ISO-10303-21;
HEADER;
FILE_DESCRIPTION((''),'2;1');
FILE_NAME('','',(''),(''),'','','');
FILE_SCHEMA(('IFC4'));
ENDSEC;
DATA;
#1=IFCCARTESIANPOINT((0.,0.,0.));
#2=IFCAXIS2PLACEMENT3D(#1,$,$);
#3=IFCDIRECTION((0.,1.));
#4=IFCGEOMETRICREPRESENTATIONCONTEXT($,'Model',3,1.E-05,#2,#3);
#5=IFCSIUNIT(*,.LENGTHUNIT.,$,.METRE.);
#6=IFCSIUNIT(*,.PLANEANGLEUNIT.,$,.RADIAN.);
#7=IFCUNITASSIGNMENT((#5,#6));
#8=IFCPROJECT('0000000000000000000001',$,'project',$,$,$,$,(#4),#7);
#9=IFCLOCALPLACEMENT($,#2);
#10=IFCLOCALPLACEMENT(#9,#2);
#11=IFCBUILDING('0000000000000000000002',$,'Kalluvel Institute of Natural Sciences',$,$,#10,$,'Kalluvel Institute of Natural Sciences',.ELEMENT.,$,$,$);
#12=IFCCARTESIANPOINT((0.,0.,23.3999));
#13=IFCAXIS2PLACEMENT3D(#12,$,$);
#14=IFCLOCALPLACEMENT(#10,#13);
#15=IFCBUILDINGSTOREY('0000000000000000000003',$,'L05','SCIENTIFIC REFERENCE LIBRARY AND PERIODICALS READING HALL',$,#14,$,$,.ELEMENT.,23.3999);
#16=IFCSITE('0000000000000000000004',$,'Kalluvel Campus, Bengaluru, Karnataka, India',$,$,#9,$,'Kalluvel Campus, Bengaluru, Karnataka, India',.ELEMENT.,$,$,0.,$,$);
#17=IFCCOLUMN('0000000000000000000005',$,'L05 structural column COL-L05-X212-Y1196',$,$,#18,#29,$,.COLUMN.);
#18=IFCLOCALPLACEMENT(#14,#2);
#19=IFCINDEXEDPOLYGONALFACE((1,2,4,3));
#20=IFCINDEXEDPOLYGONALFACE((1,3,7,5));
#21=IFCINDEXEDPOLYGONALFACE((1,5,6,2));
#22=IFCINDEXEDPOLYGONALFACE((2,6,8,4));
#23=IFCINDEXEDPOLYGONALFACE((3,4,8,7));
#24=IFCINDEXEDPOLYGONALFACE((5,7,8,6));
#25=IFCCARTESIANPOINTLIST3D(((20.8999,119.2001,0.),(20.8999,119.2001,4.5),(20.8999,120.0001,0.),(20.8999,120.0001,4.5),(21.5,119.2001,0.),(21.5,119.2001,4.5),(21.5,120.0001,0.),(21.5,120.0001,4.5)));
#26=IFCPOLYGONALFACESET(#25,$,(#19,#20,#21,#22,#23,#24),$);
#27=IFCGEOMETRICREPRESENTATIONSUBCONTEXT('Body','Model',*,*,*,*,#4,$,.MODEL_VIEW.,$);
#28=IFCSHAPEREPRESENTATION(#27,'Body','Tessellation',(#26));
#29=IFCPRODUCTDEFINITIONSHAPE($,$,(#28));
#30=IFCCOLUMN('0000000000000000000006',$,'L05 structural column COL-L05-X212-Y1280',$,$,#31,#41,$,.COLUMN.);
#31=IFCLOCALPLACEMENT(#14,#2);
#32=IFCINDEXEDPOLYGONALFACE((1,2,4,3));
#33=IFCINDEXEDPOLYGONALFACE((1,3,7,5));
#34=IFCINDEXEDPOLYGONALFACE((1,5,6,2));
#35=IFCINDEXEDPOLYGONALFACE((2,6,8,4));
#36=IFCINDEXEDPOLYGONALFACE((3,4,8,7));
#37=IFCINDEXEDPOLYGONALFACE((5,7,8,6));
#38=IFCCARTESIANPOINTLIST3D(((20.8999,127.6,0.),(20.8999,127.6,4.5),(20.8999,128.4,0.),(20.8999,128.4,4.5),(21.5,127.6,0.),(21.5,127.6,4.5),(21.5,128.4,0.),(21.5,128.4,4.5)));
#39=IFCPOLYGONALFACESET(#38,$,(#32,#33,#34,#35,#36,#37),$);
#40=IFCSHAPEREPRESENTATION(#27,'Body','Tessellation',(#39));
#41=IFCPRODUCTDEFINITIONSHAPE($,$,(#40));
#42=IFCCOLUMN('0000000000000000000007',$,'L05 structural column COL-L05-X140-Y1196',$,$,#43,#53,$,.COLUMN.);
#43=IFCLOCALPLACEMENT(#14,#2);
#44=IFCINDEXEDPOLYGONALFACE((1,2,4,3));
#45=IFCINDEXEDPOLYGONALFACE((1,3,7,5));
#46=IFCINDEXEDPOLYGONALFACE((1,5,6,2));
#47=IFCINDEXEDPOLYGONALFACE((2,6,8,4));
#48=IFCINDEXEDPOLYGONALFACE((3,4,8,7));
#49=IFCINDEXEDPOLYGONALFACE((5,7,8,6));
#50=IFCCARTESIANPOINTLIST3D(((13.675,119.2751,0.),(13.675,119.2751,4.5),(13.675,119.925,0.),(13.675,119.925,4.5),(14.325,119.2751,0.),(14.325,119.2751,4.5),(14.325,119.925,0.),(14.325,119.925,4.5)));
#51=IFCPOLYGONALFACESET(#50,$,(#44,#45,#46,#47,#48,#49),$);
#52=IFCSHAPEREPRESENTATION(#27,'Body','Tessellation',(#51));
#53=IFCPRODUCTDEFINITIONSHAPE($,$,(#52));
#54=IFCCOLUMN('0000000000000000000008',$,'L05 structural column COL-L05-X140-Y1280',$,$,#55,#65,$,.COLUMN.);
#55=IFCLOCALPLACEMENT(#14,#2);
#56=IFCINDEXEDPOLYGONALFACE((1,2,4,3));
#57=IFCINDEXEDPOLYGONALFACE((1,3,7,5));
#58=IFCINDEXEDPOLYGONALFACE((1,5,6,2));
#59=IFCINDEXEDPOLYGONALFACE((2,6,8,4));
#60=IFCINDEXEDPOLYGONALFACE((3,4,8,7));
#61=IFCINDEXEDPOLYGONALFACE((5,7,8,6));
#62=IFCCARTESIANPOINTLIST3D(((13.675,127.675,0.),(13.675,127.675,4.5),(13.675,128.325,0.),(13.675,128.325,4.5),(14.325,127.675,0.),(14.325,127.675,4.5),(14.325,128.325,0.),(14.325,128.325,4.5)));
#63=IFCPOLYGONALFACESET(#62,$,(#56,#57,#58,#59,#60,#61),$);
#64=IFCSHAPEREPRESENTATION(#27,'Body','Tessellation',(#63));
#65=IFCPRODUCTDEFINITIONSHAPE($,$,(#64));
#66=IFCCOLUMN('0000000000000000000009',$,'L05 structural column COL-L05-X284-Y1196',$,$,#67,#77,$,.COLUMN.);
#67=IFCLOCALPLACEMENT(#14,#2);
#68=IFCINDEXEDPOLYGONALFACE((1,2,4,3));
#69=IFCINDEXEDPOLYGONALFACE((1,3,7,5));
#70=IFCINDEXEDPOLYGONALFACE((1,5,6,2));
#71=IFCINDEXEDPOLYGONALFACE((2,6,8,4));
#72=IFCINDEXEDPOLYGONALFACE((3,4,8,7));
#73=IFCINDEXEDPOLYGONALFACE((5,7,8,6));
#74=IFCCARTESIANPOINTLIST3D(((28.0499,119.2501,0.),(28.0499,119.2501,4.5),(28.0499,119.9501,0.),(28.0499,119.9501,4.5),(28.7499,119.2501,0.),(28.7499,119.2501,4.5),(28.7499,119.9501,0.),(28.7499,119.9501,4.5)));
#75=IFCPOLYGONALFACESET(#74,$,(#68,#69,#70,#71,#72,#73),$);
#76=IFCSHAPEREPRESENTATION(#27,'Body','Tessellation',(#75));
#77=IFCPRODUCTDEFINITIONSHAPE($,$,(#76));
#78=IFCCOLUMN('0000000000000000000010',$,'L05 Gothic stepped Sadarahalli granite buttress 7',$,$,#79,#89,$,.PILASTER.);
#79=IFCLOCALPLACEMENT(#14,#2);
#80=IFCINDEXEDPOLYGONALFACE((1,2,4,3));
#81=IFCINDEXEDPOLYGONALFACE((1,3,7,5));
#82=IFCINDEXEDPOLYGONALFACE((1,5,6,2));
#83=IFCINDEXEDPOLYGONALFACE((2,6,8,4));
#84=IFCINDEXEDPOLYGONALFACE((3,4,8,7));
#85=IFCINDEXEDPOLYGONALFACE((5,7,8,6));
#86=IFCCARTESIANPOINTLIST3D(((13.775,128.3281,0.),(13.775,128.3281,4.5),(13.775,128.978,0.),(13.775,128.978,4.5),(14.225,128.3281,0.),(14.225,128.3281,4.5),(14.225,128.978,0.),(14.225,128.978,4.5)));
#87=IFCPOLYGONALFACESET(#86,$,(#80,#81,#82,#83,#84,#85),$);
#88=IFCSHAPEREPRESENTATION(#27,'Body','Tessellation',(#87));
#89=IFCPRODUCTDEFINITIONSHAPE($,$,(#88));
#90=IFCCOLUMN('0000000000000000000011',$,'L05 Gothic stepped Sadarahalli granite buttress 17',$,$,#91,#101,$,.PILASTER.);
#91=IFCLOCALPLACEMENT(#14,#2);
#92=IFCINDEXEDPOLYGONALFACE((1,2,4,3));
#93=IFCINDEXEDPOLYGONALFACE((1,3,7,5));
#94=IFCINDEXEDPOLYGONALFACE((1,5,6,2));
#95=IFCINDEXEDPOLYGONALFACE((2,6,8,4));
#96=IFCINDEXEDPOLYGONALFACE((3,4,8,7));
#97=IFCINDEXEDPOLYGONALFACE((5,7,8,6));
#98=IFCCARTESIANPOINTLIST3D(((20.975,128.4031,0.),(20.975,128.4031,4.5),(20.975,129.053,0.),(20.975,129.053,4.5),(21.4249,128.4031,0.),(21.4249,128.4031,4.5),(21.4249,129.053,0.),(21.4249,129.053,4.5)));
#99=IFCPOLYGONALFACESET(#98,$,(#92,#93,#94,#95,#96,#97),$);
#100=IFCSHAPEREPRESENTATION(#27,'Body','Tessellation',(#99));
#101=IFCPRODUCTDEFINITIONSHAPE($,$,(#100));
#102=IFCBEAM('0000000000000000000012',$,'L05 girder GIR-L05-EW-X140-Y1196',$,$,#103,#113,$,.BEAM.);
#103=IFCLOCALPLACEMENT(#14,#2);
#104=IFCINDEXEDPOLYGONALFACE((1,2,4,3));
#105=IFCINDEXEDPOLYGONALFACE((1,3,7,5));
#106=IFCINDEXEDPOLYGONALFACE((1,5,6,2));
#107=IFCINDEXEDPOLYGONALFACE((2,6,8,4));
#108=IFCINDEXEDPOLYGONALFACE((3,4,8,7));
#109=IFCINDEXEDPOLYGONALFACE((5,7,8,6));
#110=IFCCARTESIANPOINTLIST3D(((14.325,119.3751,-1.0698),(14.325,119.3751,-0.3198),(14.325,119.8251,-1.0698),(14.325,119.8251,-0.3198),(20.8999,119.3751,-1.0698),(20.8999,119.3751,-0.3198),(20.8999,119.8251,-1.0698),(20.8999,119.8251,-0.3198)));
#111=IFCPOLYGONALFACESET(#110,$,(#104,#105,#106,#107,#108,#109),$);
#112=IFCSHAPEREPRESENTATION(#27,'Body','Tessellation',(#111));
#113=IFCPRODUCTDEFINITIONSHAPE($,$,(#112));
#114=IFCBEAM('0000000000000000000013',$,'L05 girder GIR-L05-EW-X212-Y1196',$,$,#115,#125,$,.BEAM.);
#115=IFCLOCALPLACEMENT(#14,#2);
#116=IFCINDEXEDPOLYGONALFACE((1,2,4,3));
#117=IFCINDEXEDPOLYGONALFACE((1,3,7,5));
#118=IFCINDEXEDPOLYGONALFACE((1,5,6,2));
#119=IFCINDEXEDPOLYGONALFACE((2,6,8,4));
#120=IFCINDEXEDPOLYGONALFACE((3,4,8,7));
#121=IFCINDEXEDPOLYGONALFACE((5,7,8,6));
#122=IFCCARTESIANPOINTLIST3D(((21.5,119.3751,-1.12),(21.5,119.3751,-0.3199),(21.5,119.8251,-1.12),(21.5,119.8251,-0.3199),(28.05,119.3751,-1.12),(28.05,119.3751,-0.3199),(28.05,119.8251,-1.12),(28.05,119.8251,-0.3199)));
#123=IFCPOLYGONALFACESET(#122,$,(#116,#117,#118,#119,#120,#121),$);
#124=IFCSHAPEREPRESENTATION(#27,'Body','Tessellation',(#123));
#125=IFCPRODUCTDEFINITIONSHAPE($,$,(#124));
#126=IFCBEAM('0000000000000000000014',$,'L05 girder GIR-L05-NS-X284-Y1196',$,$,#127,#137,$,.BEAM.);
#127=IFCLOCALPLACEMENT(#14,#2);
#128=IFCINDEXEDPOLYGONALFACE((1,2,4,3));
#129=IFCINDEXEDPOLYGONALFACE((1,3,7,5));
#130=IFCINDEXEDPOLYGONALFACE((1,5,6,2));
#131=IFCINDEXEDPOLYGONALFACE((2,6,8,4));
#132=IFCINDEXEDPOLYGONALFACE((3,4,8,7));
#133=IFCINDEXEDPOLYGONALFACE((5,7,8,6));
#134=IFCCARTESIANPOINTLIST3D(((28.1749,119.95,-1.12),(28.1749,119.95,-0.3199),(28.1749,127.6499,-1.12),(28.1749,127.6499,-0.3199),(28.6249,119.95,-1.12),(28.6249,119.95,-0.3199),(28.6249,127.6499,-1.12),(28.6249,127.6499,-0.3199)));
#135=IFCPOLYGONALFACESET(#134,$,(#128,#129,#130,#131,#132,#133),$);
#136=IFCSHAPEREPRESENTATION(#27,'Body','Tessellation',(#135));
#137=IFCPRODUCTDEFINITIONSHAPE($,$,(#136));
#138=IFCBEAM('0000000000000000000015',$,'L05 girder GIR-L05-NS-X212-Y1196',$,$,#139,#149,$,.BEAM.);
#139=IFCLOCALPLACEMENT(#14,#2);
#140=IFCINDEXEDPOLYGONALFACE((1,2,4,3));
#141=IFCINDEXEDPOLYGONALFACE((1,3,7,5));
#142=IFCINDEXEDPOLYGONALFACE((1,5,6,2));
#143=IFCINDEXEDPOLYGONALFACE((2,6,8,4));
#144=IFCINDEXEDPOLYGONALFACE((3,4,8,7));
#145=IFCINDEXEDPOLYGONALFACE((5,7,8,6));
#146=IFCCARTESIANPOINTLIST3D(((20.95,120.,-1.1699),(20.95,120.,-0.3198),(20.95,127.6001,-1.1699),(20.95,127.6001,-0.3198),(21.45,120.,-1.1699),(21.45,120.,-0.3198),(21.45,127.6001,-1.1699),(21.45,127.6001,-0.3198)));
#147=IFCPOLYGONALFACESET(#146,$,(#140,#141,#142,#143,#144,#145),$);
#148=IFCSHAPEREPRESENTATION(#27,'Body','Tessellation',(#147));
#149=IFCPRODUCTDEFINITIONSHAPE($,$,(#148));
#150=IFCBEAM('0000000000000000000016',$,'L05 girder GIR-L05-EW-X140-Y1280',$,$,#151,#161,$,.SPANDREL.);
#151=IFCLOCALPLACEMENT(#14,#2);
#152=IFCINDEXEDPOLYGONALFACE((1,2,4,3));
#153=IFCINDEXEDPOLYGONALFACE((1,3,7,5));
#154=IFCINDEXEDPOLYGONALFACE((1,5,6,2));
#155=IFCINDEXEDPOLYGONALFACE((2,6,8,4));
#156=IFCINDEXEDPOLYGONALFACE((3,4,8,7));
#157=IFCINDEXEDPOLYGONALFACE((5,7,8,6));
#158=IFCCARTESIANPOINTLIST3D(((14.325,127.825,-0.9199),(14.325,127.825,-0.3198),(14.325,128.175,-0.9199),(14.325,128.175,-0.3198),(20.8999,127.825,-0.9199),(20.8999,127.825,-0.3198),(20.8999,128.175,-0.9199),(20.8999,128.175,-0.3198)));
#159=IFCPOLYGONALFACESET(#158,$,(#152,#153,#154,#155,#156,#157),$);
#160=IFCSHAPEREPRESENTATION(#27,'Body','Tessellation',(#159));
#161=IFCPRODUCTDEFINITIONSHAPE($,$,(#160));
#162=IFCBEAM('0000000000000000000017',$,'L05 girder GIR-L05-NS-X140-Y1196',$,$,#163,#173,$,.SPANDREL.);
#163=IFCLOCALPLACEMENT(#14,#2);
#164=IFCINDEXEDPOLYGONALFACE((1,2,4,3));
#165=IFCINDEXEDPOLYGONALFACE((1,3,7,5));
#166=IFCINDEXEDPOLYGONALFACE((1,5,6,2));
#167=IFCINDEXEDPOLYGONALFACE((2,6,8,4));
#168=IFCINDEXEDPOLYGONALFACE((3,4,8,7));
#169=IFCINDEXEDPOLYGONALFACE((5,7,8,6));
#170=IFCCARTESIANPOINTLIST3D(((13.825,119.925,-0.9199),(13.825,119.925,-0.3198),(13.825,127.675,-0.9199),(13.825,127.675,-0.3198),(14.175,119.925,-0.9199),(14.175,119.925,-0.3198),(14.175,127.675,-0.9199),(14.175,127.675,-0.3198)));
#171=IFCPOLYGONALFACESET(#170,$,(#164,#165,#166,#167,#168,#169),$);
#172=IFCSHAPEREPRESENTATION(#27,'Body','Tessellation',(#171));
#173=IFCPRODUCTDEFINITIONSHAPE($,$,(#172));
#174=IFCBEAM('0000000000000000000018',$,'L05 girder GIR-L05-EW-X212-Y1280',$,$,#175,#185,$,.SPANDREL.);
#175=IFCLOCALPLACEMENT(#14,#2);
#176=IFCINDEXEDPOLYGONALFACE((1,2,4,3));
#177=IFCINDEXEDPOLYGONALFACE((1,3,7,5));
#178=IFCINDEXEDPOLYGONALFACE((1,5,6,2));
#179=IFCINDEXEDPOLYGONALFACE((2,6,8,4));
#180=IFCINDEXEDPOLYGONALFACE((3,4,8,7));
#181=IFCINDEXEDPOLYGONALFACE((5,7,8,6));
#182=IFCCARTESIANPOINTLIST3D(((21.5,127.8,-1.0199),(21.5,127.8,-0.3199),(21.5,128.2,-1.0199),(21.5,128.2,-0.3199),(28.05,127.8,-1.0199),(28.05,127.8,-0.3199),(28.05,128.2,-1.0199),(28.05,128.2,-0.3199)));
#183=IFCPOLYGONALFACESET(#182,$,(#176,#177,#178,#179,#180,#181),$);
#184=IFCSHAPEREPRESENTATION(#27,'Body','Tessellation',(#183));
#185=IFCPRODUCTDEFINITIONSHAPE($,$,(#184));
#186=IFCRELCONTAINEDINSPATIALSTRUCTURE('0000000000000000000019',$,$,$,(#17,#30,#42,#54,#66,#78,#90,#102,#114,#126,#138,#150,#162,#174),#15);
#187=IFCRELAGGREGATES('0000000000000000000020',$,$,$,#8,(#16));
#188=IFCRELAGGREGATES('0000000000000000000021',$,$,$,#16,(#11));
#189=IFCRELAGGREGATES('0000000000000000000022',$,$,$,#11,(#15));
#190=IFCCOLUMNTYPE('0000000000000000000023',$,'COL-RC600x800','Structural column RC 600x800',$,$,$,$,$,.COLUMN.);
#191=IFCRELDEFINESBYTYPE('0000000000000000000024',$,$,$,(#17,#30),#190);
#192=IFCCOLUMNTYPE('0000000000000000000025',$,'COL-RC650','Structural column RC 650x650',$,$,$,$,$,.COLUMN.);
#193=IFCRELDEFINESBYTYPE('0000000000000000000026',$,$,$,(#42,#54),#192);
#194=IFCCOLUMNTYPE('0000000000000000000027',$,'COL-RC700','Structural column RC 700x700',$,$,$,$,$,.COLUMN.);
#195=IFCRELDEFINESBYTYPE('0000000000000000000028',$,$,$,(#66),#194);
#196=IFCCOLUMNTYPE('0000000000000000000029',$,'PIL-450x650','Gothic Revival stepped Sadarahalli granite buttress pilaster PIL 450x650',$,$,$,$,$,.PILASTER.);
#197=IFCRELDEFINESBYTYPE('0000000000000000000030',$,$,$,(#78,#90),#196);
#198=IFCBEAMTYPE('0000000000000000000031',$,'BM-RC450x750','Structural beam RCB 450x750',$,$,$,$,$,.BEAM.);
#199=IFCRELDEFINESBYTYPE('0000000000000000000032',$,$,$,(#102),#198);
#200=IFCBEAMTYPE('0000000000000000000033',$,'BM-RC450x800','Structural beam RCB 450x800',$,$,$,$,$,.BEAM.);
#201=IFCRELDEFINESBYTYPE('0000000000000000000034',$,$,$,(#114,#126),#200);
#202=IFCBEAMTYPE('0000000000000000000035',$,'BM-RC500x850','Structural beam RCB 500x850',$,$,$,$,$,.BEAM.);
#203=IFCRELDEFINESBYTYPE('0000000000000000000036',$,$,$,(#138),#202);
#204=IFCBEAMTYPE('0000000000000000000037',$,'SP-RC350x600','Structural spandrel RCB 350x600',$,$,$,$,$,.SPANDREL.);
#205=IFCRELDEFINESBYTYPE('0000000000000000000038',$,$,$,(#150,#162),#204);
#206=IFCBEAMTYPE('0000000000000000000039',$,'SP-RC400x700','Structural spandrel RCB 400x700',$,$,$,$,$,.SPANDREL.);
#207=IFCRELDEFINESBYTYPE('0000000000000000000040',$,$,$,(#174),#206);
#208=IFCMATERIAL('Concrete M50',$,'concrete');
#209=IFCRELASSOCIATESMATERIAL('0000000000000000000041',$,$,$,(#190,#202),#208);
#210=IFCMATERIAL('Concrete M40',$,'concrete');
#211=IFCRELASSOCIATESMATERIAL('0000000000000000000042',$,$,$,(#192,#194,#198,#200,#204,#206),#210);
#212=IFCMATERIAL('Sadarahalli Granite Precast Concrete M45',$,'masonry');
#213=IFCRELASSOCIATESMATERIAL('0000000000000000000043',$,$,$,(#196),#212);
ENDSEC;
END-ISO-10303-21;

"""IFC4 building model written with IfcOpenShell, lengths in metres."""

from ifc_helpers import new_model, si_unit, direction, frame, origin, origin_2d, place, context, subcontext, project, spatial, rectangle, extrude, material, material_profile, profile_set, type_object, element, save


model = new_model("IFC4")

# Units and contexts
model_context = context("Model", 3, precision=1e-05, world=origin(), true_north=direction((0.0, 1.0)))
body_context = subcontext(model_context, "Body", "Model", "MODEL_VIEW")
ifc_project = project(units=[si_unit("LENGTHUNIT", "METRE"), si_unit("PLANEANGLEUNIT", "RADIAN")], contexts=[model_context])

# Site, building, storey
site_placement = place(None, origin())
site = spatial("IfcSite", under=ifc_project, at=site_placement, Name="Kalluvel Campus, Bengaluru, Karnataka, India", LongName="Kalluvel Campus, Bengaluru, Karnataka, India", CompositionType="ELEMENT", RefElevation=0.0)
building_placement = place(site_placement, origin())
building = spatial("IfcBuilding", under=site, at=building_placement, Name="Kalluvel Institute of Natural Sciences", LongName="Kalluvel Institute of Natural Sciences", CompositionType="ELEMENT")
storey_placement = place(building_placement, frame((0.0, 0.0, 23.3999)))
storey = spatial("IfcBuildingStorey", under=building, at=storey_placement, Name="L05", Description="SCIENTIFIC REFERENCE LIBRARY AND PERIODICALS READING HALL", CompositionType="ELEMENT", Elevation=23.3999)

# Columns
ifc_material_1 = material(Name="Concrete M50", Category="concrete")
ifc_material_profile_1 = material_profile(ifc_material_1, rectangle(XDim=0.6001, YDim=0.8, at=origin_2d()), Name="RC 600x800")
ifc_profile_set_1 = profile_set([ifc_material_profile_1], Name="Concrete M50")
column_type_1 = type_object("IfcColumnType", Name="COL-RC600x800", Description="Structural column RC 600x800", PredefinedType="COLUMN", material=ifc_profile_set_1)
for number, where, z_axis, x_axis, name in (
    (1, (21.2, 119.6001, 0.0), (0.0, 0.0, 1.0), (1.0, 0.0, 0.0), "L05 structural column COL-L05-X212-Y1196"),
    (2, (21.2, 128.0, 0.0), (0.0, 0.0, 1.0), (1.0, 0.0, 0.0), "L05 structural column COL-L05-X212-Y1280"),
):
    element("IfcColumn", number, at=place(storey_placement, frame(where, z_axis=z_axis, x_axis=x_axis)), inside=storey, type_object=column_type_1, Name=name, PredefinedType="COLUMN", context=body_context, shape_type="SweptSolid", body=[
        extrude(rectangle(XDim=0.6001, YDim=0.8, at=origin_2d()), origin(), (0.0, 0.0, 1.0), 4.5),
    ])
ifc_material_2 = material(Name="Concrete M40", Category="concrete")
ifc_material_profile_2 = material_profile(ifc_material_2, rectangle(XDim=0.6499, YDim=0.6499, at=origin_2d()), Name="RC 650x650")
ifc_profile_set_2 = profile_set([ifc_material_profile_2], Name="Concrete M40")
column_type_2 = type_object("IfcColumnType", Name="COL-RC650", Description="Structural column RC 650x650", PredefinedType="COLUMN", material=ifc_profile_set_2)
for number, where, z_axis, x_axis, name in (
    (3, (14.0, 119.6001, 0.0), (0.0, 0.0, 1.0), (1.0, 0.0, 0.0), "L05 structural column COL-L05-X140-Y1196"),
    (4, (14.0, 128.0, 0.0), (0.0, 0.0, 1.0), (1.0, 0.0, 0.0), "L05 structural column COL-L05-X140-Y1280"),
):
    element("IfcColumn", number, at=place(storey_placement, frame(where, z_axis=z_axis, x_axis=x_axis)), inside=storey, type_object=column_type_2, Name=name, PredefinedType="COLUMN", context=body_context, shape_type="SweptSolid", body=[
        extrude(rectangle(XDim=0.6499, YDim=0.6499, at=origin_2d()), origin(), (0.0, 0.0, 1.0), 4.5),
    ])
ifc_material_profile_3 = material_profile(ifc_material_2, rectangle(XDim=0.7, YDim=0.7, at=origin_2d()), Name="RC 700x700")
ifc_profile_set_3 = profile_set([ifc_material_profile_3], Name="Concrete M40")
column_type_3 = type_object("IfcColumnType", Name="COL-RC700", Description="Structural column RC 700x700", PredefinedType="COLUMN", material=ifc_profile_set_3)
column_placement = place(storey_placement, frame((28.3999, 119.6001, 0.0), z_axis=(0.0, 0.0, 1.0), x_axis=(1.0, 0.0, 0.0)))
element("IfcColumn", 5, at=column_placement, inside=storey, type_object=column_type_3, Name="L05 structural column COL-L05-X284-Y1196", PredefinedType="COLUMN", context=body_context, shape_type="SweptSolid", body=[
    extrude(rectangle(XDim=0.7, YDim=0.7, at=origin_2d()), origin(), (0.0, 0.0, 1.0), 4.5),
])
ifc_material_3 = material(Name="Sadarahalli Granite Precast Concrete M45", Category="masonry")
ifc_material_profile_4 = material_profile(ifc_material_3, rectangle(XDim=0.45, YDim=0.6499, at=origin_2d()), Name="PIL 450x650")
ifc_profile_set_4 = profile_set([ifc_material_profile_4], Name="Sadarahalli Granite Precast Concrete M45")
column_type_4 = type_object("IfcColumnType", Name="PIL-450x650", Description="Gothic Revival stepped Sadarahalli granite buttress pilaster PIL 450x650", PredefinedType="PILASTER", material=ifc_profile_set_4)
for number, where, z_axis, x_axis, name in (
    (6, (14.0, 128.6531, 0.0), (0.0, 0.0, 1.0), (1.0, 0.0, 0.0), "L05 Gothic stepped Sadarahalli granite buttress 7"),
    (7, (21.2, 128.728, 0.0), (0.0, 0.0, 1.0), (1.0, 0.0, 0.0), "L05 Gothic stepped Sadarahalli granite buttress 17"),
):
    element("IfcColumn", number, at=place(storey_placement, frame(where, z_axis=z_axis, x_axis=x_axis)), inside=storey, type_object=column_type_4, Name=name, PredefinedType="PILASTER", context=body_context, shape_type="SweptSolid", body=[
        extrude(rectangle(XDim=0.45, YDim=0.6499, at=origin_2d()), origin(), (0.0, 0.0, 1.0), 4.5),
    ])

# Beams
ifc_material_profile_5 = material_profile(ifc_material_2, rectangle(XDim=0.45, YDim=0.75, at=origin_2d()), Name="RCB 450x750")
ifc_profile_set_5 = profile_set([ifc_material_profile_5], Name="Concrete M40")
beam_type_1 = type_object("IfcBeamType", Name="BM-RC450x750", Description="Structural beam RCB 450x750", PredefinedType="BEAM", material=ifc_profile_set_5)
beam_1_placement = place(storey_placement, frame((14.325, 119.6001, -0.6948), z_axis=(1.0, 0.0, 0.0), x_axis=(0.0, 1.0, 0.0)))
element("IfcBeam", 8, at=beam_1_placement, inside=storey, type_object=beam_type_1, Name="L05 girder GIR-L05-EW-X140-Y1196", PredefinedType="BEAM", context=body_context, shape_type="SweptSolid", body=[
    extrude(rectangle(XDim=0.45, YDim=0.75, at=origin_2d()), origin(), (0.0, 0.0, 1.0), 6.575),
])
ifc_material_profile_6 = material_profile(ifc_material_2, rectangle(XDim=0.45, YDim=0.8, at=origin_2d()), Name="RCB 450x800")
ifc_profile_set_6 = profile_set([ifc_material_profile_6], Name="Concrete M40")
beam_type_2 = type_object("IfcBeamType", Name="BM-RC450x800", Description="Structural beam RCB 450x800", PredefinedType="BEAM", material=ifc_profile_set_6)
beam_2_placement = place(storey_placement, frame((21.5, 119.6001, -0.72), z_axis=(1.0, 0.0, 0.0), x_axis=(0.0, 1.0, 0.0)))
element("IfcBeam", 9, at=beam_2_placement, inside=storey, type_object=beam_type_2, Name="L05 girder GIR-L05-EW-X212-Y1196", PredefinedType="BEAM", context=body_context, shape_type="SweptSolid", body=[
    extrude(rectangle(XDim=0.45, YDim=0.8, at=origin_2d()), origin(), (0.0, 0.0, 1.0), 6.55),
])
beam_3_placement = place(storey_placement, frame((28.3999, 119.95, -0.72), z_axis=(0.0, 1.0, 0.0), x_axis=(-1.0, 0.0, 0.0)))
element("IfcBeam", 10, at=beam_3_placement, inside=storey, type_object=beam_type_2, Name="L05 girder GIR-L05-NS-X284-Y1196", PredefinedType="BEAM", context=body_context, shape_type="SweptSolid", body=[
    extrude(rectangle(XDim=0.45, YDim=0.8, at=origin_2d()), origin(), (0.0, 0.0, 1.0), 7.7),
])
ifc_material_profile_7 = material_profile(ifc_material_1, rectangle(XDim=0.5, YDim=0.8501, at=origin_2d()), Name="RCB 500x850")
ifc_profile_set_7 = profile_set([ifc_material_profile_7], Name="Concrete M50")
beam_type_3 = type_object("IfcBeamType", Name="BM-RC500x850", Description="Structural beam RCB 500x850", PredefinedType="BEAM", material=ifc_profile_set_7)
beam_4_placement = place(storey_placement, frame((21.2, 120.0, -0.7449), z_axis=(0.0, 1.0, 0.0), x_axis=(-1.0, 0.0, 0.0)))
element("IfcBeam", 11, at=beam_4_placement, inside=storey, type_object=beam_type_3, Name="L05 girder GIR-L05-NS-X212-Y1196", PredefinedType="BEAM", context=body_context, shape_type="SweptSolid", body=[
    extrude(rectangle(XDim=0.5, YDim=0.8501, at=origin_2d()), origin(), (0.0, 0.0, 1.0), 7.6001),
])
ifc_material_profile_8 = material_profile(ifc_material_2, rectangle(XDim=0.3501, YDim=0.6001, at=origin_2d()), Name="RCB 350x600")
ifc_profile_set_8 = profile_set([ifc_material_profile_8], Name="Concrete M40")
beam_type_4 = type_object("IfcBeamType", Name="SP-RC350x600", Description="Structural spandrel RCB 350x600", PredefinedType="SPANDREL", material=ifc_profile_set_8)
beam_5_placement = place(storey_placement, frame((14.325, 128.0, -0.6199), z_axis=(1.0, 0.0, 0.0), x_axis=(0.0, 1.0, 0.0)))
element("IfcBeam", 12, at=beam_5_placement, inside=storey, type_object=beam_type_4, Name="L05 girder GIR-L05-EW-X140-Y1280", PredefinedType="SPANDREL", context=body_context, shape_type="SweptSolid", body=[
    extrude(rectangle(XDim=0.3501, YDim=0.6001, at=origin_2d()), origin(), (0.0, 0.0, 1.0), 6.575),
])
beam_6_placement = place(storey_placement, frame((14.0, 119.925, -0.6199), z_axis=(0.0, 1.0, 0.0), x_axis=(-1.0, 0.0, 0.0)))
element("IfcBeam", 13, at=beam_6_placement, inside=storey, type_object=beam_type_4, Name="L05 girder GIR-L05-NS-X140-Y1196", PredefinedType="SPANDREL", context=body_context, shape_type="SweptSolid", body=[
    extrude(rectangle(XDim=0.3501, YDim=0.6001, at=origin_2d()), origin(), (0.0, 0.0, 1.0), 7.75),
])
ifc_material_profile_9 = material_profile(ifc_material_2, rectangle(XDim=0.3999, YDim=0.7, at=origin_2d()), Name="RCB 400x700")
ifc_profile_set_9 = profile_set([ifc_material_profile_9], Name="Concrete M40")
beam_type_5 = type_object("IfcBeamType", Name="SP-RC400x700", Description="Structural spandrel RCB 400x700", PredefinedType="SPANDREL", material=ifc_profile_set_9)
beam_7_placement = place(storey_placement, frame((21.5, 128.0, -0.6699), z_axis=(1.0, 0.0, 0.0), x_axis=(0.0, 1.0, 0.0)))
element("IfcBeam", 14, at=beam_7_placement, inside=storey, type_object=beam_type_5, Name="L05 girder GIR-L05-EW-X212-Y1280", PredefinedType="SPANDREL", context=body_context, shape_type="SweptSolid", body=[
    extrude(rectangle(XDim=0.3999, YDim=0.7, at=origin_2d()), origin(), (0.0, 0.0, 1.0), 6.55),
])

save(model, "model.ifc")
